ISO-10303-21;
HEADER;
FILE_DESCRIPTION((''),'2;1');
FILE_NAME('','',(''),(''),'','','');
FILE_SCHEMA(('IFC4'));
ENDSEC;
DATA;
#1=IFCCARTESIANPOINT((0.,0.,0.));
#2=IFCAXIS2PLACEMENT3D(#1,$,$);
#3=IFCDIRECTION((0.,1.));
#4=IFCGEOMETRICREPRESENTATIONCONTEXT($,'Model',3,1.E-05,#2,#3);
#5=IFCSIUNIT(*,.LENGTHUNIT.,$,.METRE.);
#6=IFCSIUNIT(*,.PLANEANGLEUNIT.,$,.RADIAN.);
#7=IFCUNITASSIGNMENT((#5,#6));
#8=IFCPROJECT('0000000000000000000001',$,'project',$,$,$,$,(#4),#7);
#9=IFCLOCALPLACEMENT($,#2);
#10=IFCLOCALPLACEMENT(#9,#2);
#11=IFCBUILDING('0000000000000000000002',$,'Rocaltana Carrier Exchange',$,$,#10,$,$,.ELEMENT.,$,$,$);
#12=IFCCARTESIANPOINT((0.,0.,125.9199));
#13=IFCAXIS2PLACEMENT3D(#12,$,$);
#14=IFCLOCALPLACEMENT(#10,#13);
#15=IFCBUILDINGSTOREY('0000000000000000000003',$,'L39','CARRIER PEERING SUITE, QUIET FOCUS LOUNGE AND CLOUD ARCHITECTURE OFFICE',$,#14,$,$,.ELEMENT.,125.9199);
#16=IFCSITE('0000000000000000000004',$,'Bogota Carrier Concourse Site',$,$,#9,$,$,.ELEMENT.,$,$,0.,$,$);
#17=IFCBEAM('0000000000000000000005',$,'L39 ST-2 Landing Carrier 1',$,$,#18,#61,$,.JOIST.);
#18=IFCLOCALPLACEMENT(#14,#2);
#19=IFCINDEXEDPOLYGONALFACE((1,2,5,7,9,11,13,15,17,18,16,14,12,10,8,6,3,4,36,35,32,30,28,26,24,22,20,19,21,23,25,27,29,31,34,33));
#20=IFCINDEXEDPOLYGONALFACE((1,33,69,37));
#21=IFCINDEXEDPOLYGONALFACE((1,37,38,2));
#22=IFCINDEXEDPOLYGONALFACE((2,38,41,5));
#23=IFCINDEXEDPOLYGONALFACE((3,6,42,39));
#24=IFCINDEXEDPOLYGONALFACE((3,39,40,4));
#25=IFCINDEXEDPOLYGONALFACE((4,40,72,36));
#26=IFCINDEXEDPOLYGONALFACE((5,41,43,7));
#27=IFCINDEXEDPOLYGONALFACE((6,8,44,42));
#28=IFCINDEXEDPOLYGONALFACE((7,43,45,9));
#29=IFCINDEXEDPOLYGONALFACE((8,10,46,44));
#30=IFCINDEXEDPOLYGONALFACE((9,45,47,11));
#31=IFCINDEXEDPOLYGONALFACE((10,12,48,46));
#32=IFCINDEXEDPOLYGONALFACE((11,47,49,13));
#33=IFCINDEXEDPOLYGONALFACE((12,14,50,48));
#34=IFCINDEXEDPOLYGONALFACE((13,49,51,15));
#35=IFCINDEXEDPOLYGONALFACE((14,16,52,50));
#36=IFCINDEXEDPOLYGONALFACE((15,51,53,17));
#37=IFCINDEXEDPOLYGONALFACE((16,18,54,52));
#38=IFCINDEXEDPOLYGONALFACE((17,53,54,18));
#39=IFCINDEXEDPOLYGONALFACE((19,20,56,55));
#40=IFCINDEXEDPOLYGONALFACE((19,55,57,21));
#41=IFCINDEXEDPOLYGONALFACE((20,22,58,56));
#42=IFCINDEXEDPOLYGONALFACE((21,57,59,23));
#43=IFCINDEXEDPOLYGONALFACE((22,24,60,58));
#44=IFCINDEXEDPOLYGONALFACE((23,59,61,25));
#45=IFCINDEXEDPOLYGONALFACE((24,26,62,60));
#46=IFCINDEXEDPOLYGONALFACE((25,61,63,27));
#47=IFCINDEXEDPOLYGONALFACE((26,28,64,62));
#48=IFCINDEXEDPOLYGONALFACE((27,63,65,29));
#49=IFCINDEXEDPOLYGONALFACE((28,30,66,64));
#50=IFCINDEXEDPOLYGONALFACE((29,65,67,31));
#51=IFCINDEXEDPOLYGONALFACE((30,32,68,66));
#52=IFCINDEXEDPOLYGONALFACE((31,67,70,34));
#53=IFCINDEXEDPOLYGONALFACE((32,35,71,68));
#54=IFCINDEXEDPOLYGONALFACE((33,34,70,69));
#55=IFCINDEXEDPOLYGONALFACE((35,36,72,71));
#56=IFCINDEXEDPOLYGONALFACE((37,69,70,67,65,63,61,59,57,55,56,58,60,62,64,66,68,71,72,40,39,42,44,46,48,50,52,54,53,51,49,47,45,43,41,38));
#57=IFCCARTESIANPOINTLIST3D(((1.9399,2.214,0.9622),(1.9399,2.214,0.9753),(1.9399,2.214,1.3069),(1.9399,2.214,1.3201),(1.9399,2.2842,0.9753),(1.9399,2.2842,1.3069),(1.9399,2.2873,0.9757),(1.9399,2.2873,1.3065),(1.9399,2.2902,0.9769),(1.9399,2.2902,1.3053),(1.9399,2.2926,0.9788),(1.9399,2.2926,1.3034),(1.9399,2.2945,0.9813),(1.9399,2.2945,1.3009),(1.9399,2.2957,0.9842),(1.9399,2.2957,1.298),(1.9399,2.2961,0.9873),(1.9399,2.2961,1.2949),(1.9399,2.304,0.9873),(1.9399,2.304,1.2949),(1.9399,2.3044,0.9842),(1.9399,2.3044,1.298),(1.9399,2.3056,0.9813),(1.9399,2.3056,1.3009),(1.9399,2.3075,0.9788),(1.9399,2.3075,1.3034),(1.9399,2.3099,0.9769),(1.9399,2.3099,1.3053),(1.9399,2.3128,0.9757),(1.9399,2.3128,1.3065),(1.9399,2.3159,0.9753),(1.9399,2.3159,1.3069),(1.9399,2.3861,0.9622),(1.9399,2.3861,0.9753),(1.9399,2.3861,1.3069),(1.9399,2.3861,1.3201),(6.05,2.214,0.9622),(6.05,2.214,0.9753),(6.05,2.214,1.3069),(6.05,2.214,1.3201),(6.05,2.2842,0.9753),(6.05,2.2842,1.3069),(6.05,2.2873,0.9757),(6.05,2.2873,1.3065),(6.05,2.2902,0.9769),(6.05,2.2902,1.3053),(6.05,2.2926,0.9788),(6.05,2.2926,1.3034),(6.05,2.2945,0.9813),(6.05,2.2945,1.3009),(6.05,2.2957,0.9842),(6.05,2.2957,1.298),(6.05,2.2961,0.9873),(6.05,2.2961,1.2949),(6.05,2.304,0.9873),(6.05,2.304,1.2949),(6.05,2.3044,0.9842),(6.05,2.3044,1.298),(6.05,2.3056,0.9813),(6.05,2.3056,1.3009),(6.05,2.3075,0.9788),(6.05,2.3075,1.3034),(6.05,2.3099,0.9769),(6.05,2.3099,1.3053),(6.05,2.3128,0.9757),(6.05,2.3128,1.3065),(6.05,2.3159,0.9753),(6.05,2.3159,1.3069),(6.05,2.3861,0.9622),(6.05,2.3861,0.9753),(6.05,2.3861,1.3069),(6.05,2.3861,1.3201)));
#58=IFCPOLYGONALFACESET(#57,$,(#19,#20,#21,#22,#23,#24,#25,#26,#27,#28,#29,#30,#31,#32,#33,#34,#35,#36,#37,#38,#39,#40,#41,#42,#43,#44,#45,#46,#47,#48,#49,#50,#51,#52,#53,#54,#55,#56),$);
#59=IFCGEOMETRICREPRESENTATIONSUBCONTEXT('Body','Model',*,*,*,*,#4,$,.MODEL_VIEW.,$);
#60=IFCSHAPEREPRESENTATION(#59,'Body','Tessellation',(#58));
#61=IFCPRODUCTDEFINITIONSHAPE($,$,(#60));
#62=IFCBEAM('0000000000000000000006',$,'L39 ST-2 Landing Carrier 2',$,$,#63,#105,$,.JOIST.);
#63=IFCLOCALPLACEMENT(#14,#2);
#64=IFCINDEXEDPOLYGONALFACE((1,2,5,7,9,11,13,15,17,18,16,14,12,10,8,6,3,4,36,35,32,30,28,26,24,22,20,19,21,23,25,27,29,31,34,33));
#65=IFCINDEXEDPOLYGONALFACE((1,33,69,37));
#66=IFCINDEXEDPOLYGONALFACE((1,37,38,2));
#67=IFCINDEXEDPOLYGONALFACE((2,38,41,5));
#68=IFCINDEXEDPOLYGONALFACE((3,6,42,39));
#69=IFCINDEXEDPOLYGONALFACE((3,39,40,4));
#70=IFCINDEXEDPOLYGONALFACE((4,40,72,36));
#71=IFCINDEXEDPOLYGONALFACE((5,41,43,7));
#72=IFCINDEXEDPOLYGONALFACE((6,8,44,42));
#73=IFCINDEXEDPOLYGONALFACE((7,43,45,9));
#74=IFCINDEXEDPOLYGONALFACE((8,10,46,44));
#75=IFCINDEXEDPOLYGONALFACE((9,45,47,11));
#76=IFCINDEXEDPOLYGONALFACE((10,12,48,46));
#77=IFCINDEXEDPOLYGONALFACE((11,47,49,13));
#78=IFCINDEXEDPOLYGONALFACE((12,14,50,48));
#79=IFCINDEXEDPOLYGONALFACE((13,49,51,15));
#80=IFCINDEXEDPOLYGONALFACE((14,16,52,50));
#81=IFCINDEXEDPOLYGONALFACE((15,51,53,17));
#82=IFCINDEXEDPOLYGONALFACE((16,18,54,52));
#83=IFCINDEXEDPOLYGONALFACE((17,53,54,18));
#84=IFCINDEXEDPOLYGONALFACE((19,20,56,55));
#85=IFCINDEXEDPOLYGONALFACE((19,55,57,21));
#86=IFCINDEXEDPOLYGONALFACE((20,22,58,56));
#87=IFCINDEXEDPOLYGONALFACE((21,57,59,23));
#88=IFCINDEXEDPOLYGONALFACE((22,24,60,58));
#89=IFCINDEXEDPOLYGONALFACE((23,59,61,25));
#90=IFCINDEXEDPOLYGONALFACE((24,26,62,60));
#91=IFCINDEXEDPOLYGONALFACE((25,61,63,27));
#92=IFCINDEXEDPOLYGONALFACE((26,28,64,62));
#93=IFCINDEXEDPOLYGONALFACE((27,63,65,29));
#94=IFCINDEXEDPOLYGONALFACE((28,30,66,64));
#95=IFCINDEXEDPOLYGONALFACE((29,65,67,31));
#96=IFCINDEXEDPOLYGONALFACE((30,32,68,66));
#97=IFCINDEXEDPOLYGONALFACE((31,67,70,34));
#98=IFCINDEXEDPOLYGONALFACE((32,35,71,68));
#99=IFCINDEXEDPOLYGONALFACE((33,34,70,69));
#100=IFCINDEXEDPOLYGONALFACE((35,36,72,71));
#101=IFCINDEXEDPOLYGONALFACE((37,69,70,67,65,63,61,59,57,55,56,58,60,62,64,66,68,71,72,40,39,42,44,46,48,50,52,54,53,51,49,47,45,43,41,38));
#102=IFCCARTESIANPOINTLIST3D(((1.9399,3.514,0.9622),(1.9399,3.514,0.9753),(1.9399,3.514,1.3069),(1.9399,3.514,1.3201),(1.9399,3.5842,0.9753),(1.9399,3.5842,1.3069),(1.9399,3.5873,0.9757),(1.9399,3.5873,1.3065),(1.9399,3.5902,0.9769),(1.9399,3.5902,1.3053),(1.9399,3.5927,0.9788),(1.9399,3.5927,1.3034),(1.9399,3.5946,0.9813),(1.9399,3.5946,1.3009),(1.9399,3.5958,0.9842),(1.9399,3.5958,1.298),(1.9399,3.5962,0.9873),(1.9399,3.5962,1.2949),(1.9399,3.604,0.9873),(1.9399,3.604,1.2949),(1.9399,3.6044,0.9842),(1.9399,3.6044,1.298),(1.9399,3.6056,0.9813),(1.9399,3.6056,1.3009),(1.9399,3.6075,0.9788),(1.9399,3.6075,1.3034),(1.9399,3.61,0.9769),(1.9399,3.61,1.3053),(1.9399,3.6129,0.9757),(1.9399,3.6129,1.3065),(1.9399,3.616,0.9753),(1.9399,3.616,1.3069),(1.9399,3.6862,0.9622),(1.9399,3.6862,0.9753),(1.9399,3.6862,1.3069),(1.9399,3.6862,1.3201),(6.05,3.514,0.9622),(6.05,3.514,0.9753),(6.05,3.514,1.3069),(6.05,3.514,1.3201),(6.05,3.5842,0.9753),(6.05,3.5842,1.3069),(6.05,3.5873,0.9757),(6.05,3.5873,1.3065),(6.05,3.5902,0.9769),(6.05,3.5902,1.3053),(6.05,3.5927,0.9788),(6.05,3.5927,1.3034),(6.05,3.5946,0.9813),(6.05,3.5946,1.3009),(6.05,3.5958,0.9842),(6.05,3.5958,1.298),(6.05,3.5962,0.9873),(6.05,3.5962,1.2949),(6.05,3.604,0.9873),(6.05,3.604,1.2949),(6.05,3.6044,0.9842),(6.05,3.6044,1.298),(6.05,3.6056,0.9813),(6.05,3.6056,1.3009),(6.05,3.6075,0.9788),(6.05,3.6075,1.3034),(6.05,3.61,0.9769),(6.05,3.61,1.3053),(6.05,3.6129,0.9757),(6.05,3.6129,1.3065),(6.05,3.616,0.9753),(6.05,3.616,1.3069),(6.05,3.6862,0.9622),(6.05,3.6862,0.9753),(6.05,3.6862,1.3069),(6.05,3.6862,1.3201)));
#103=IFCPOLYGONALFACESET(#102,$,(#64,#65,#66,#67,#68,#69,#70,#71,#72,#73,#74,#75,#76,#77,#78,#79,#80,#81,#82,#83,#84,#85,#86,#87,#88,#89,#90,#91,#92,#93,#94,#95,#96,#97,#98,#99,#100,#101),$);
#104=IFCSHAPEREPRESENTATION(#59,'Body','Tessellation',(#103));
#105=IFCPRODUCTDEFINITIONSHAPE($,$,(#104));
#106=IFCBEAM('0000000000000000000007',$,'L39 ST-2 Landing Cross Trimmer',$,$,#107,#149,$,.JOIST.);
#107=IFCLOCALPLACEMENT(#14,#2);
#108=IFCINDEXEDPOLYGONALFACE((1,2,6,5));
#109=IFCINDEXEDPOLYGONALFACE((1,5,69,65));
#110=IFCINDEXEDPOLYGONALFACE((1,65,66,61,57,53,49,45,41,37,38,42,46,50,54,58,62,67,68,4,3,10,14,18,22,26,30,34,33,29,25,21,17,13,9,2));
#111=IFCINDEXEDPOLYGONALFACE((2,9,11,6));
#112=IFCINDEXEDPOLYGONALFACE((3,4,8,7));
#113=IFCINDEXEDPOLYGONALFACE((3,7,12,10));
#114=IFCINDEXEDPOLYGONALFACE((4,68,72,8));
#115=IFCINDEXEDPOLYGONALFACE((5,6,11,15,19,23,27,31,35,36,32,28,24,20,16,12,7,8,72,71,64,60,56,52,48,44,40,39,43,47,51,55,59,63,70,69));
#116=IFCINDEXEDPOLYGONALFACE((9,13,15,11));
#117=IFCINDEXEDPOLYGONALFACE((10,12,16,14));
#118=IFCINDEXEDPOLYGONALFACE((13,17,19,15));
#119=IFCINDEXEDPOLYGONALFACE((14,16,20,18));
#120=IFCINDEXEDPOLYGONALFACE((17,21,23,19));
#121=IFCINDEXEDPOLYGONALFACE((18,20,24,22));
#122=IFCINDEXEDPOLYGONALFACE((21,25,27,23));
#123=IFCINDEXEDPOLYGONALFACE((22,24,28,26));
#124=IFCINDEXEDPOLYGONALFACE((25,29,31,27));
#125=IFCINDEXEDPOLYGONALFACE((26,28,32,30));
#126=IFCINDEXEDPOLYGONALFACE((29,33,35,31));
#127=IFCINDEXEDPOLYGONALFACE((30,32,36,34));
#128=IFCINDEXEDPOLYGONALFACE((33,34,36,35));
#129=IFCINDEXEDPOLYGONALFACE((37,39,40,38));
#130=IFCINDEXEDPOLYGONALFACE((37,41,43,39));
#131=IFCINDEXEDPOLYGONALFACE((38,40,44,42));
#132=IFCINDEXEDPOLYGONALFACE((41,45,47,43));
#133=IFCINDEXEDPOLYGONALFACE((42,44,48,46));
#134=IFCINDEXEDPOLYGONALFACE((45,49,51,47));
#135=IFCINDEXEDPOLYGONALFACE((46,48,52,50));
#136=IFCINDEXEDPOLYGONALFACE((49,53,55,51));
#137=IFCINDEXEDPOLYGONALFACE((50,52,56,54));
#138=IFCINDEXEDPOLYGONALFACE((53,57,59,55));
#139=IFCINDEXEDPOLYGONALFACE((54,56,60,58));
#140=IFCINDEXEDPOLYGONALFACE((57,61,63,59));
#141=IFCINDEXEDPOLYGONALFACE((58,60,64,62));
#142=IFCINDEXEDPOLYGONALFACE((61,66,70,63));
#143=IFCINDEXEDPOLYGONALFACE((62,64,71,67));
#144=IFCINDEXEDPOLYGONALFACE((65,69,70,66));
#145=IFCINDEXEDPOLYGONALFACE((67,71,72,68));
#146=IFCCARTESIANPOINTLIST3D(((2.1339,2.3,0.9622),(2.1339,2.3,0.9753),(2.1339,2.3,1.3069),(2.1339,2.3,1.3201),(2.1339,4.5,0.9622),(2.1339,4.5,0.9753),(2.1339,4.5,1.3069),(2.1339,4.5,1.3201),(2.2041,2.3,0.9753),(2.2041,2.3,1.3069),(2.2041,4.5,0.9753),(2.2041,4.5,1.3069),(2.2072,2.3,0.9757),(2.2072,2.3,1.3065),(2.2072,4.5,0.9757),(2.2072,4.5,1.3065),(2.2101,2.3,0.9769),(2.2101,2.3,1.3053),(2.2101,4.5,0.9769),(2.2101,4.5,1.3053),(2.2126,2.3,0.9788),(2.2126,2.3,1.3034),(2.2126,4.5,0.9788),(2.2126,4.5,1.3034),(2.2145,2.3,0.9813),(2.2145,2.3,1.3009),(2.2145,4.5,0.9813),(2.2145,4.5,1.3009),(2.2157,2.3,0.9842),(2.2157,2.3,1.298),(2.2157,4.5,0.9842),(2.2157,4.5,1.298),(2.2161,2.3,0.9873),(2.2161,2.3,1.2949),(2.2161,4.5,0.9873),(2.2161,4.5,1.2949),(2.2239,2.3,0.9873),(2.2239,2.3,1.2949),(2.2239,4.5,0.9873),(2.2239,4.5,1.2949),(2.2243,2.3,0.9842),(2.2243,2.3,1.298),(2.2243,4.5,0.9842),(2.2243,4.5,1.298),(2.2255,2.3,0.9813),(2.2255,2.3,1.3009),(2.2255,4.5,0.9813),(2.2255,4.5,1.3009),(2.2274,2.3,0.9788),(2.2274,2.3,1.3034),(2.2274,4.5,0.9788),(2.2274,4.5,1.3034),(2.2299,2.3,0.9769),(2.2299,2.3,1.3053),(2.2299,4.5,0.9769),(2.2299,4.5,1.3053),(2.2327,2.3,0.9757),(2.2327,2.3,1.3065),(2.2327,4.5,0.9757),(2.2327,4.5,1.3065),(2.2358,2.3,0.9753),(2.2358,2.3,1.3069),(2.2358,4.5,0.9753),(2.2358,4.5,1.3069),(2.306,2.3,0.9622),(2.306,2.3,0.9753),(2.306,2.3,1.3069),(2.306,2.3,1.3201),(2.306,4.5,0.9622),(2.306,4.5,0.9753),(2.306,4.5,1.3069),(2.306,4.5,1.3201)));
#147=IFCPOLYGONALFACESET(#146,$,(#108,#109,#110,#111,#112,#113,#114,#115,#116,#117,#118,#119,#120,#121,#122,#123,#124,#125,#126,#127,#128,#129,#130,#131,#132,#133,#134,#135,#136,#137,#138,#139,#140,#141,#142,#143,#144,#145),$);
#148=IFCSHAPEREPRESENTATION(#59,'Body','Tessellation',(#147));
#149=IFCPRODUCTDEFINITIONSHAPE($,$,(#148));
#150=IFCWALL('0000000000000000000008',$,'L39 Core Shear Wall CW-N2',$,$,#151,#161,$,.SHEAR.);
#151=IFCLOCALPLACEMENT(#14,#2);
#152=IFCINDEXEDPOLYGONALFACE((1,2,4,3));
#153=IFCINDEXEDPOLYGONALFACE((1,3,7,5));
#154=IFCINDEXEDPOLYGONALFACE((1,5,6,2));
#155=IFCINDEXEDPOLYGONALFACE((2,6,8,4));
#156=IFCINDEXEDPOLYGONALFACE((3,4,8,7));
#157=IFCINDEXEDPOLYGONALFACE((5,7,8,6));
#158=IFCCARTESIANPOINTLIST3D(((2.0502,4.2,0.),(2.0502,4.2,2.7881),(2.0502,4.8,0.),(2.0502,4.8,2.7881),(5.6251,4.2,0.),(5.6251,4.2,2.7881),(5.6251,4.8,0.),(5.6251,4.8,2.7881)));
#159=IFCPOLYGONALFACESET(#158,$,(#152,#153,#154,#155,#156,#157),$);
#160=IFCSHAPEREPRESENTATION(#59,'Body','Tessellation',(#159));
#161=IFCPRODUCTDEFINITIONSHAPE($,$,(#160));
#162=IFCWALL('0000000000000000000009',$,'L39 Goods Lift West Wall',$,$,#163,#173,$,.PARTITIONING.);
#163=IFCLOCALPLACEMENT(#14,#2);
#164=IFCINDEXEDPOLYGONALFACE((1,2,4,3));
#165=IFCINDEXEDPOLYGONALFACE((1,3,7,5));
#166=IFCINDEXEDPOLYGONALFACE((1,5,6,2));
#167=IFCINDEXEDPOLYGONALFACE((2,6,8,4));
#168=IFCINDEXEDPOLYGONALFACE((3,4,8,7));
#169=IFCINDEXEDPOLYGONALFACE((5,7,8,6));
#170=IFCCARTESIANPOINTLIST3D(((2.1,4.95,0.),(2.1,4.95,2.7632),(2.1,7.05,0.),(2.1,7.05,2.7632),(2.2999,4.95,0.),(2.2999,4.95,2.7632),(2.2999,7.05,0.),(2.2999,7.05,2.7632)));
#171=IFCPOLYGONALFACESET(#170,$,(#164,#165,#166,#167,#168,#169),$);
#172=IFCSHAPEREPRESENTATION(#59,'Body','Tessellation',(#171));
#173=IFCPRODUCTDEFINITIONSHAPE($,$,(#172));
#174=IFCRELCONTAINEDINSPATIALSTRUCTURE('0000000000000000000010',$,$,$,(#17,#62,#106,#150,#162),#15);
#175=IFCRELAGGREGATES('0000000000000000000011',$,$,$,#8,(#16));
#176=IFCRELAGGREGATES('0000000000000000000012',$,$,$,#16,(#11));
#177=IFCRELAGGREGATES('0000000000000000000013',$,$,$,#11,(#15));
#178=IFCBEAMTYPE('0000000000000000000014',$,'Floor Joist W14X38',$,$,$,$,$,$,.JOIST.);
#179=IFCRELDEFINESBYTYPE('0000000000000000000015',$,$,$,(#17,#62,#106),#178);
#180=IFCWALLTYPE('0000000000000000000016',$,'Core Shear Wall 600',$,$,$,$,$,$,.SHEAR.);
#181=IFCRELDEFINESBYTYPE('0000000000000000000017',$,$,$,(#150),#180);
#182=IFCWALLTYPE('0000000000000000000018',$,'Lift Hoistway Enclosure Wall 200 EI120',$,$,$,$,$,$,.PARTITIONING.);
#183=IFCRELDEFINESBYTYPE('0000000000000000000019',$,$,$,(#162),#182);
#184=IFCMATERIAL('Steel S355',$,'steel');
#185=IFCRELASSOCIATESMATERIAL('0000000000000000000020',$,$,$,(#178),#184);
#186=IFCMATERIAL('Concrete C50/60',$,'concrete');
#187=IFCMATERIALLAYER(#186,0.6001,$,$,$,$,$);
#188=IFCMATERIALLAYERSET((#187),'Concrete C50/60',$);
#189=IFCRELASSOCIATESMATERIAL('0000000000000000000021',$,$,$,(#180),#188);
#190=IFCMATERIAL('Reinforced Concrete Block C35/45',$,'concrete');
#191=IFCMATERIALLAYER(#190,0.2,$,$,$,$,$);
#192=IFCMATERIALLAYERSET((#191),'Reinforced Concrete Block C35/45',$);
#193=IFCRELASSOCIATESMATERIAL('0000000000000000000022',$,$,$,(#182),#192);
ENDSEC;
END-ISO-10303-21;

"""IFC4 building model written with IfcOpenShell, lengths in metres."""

from ifc_helpers import new_model, si_unit, direction, frame, frame_2d, origin, origin_2d, place, context, subcontext, project, spatial, rectangle, i_section, extrude, material, layer, layer_set, material_profile, profile_set, type_object, element, save


model = new_model("IFC4")

# Units and contexts
model_context = context("Model", 3, precision=1e-05, world=origin(), true_north=direction((0.0, 1.0)))
body_context = subcontext(model_context, "Body", "Model", "MODEL_VIEW")
ifc_project = project(units=[si_unit("LENGTHUNIT", "METRE"), si_unit("PLANEANGLEUNIT", "RADIAN")], contexts=[model_context])

# Site, building, storey
site_placement = place(None, origin())
site = spatial("IfcSite", under=ifc_project, at=site_placement, Name="Bogota Carrier Concourse Site", CompositionType="ELEMENT", RefElevation=0.0)
building_placement = place(site_placement, origin())
building = spatial("IfcBuilding", under=site, at=building_placement, Name="Rocaltana Carrier Exchange", CompositionType="ELEMENT")
storey_placement = place(building_placement, frame((0.0, 0.0, 125.9199)))
storey = spatial("IfcBuildingStorey", under=building, at=storey_placement, Name="L39", Description="CARRIER PEERING SUITE, QUIET FOCUS LOUNGE AND CLOUD ARCHITECTURE OFFICE", CompositionType="ELEMENT", Elevation=125.9199)

# Beams
ifc_material_1 = material(Name="Steel S355", Category="steel")
ifc_material_profile = material_profile(ifc_material_1, i_section(OverallWidth=0.1721, OverallDepth=0.3579, WebThickness=0.0078, FlangeThickness=0.0132, FilletRadius=0.012, at=origin_2d()), Name="W14X38")
ifc_profile_set = profile_set([ifc_material_profile], Name="Steel S355")
beam_type = type_object("IfcBeamType", Name="Floor Joist W14X38", PredefinedType="JOIST", material=ifc_profile_set)
for number, where, z_axis, x_axis, name in (
    (1, (1.9399, 2.3, 1.1411), (1.0, 0.0, 0.0), (0.0, 1.0, 0.0), "L39 ST-2 Landing Carrier 1"),
    (2, (1.9399, 3.6001, 1.1411), (1.0, 0.0, 0.0), (0.0, 1.0, 0.0), "L39 ST-2 Landing Carrier 2"),
):
    element("IfcBeam", number, at=place(storey_placement, frame(where, z_axis=z_axis, x_axis=x_axis)), inside=storey, type_object=beam_type, Name=name, PredefinedType="JOIST", context=body_context, shape_type="SweptSolid", body=[
        extrude(i_section(OverallWidth=0.1721, OverallDepth=0.3579, WebThickness=0.0078, FlangeThickness=0.0132, FilletRadius=0.012, at=origin_2d()), origin(), (0.0, 0.0, 1.0), 4.1101),
    ])
beam_placement = place(storey_placement, frame((2.22, 2.3, 1.1411), z_axis=(0.0, 1.0, 0.0), x_axis=(-1.0, 0.0, 0.0)))
element("IfcBeam", 3, at=beam_placement, inside=storey, type_object=beam_type, Name="L39 ST-2 Landing Cross Trimmer", PredefinedType="JOIST", context=body_context, shape_type="SweptSolid", body=[
    extrude(i_section(OverallWidth=0.1721, OverallDepth=0.3579, WebThickness=0.0078, FlangeThickness=0.0132, FilletRadius=0.012, at=origin_2d()), origin(), (0.0, 0.0, 1.0), 2.2),
])

# Walls
ifc_material_2 = material(Name="Concrete C50/60", Category="concrete")
ifc_layer_1 = layer(ifc_material_2, 0.6001)
ifc_layer_set_1 = layer_set([ifc_layer_1], Name="Concrete C50/60")
wall_type_1 = type_object("IfcWallType", Name="Core Shear Wall 600", PredefinedType="SHEAR", material=ifc_layer_set_1)
wall_1_placement = place(storey_placement, frame((2.05, 4.5, 0.0), z_axis=(0.0, 0.0, 1.0), x_axis=(1.0, 0.0, 0.0)))
element("IfcWall", 4, at=wall_1_placement, inside=storey, type_object=wall_type_1, Name="L39 Core Shear Wall CW-N2", PredefinedType="SHEAR", context=body_context, shape_type="SweptSolid", body=[
    extrude(rectangle(XDim=3.575, YDim=0.6001, at=frame_2d((1.7876, 0.0))), origin(), (0.0, 0.0, 1.0), 2.7881),
])
ifc_material_3 = material(Name="Reinforced Concrete Block C35/45", Category="concrete")
ifc_layer_2 = layer(ifc_material_3, 0.2)
ifc_layer_set_2 = layer_set([ifc_layer_2], Name="Reinforced Concrete Block C35/45")
wall_type_2 = type_object("IfcWallType", Name="Lift Hoistway Enclosure Wall 200 EI120", PredefinedType="PARTITIONING", material=ifc_layer_set_2)
wall_2_placement = place(storey_placement, frame((2.2, 4.95, 0.0), z_axis=(0.0, 0.0, 1.0), x_axis=(0.0, 1.0, 0.0)))
element("IfcWall", 5, at=wall_2_placement, inside=storey, type_object=wall_type_2, Name="L39 Goods Lift West Wall", PredefinedType="PARTITIONING", context=body_context, shape_type="SweptSolid", body=[
    extrude(rectangle(XDim=2.1001, YDim=0.2, at=frame_2d((1.05, 0.0))), origin(), (0.0, 0.0, 1.0), 2.7632),
])

save(model, "model.ifc")
